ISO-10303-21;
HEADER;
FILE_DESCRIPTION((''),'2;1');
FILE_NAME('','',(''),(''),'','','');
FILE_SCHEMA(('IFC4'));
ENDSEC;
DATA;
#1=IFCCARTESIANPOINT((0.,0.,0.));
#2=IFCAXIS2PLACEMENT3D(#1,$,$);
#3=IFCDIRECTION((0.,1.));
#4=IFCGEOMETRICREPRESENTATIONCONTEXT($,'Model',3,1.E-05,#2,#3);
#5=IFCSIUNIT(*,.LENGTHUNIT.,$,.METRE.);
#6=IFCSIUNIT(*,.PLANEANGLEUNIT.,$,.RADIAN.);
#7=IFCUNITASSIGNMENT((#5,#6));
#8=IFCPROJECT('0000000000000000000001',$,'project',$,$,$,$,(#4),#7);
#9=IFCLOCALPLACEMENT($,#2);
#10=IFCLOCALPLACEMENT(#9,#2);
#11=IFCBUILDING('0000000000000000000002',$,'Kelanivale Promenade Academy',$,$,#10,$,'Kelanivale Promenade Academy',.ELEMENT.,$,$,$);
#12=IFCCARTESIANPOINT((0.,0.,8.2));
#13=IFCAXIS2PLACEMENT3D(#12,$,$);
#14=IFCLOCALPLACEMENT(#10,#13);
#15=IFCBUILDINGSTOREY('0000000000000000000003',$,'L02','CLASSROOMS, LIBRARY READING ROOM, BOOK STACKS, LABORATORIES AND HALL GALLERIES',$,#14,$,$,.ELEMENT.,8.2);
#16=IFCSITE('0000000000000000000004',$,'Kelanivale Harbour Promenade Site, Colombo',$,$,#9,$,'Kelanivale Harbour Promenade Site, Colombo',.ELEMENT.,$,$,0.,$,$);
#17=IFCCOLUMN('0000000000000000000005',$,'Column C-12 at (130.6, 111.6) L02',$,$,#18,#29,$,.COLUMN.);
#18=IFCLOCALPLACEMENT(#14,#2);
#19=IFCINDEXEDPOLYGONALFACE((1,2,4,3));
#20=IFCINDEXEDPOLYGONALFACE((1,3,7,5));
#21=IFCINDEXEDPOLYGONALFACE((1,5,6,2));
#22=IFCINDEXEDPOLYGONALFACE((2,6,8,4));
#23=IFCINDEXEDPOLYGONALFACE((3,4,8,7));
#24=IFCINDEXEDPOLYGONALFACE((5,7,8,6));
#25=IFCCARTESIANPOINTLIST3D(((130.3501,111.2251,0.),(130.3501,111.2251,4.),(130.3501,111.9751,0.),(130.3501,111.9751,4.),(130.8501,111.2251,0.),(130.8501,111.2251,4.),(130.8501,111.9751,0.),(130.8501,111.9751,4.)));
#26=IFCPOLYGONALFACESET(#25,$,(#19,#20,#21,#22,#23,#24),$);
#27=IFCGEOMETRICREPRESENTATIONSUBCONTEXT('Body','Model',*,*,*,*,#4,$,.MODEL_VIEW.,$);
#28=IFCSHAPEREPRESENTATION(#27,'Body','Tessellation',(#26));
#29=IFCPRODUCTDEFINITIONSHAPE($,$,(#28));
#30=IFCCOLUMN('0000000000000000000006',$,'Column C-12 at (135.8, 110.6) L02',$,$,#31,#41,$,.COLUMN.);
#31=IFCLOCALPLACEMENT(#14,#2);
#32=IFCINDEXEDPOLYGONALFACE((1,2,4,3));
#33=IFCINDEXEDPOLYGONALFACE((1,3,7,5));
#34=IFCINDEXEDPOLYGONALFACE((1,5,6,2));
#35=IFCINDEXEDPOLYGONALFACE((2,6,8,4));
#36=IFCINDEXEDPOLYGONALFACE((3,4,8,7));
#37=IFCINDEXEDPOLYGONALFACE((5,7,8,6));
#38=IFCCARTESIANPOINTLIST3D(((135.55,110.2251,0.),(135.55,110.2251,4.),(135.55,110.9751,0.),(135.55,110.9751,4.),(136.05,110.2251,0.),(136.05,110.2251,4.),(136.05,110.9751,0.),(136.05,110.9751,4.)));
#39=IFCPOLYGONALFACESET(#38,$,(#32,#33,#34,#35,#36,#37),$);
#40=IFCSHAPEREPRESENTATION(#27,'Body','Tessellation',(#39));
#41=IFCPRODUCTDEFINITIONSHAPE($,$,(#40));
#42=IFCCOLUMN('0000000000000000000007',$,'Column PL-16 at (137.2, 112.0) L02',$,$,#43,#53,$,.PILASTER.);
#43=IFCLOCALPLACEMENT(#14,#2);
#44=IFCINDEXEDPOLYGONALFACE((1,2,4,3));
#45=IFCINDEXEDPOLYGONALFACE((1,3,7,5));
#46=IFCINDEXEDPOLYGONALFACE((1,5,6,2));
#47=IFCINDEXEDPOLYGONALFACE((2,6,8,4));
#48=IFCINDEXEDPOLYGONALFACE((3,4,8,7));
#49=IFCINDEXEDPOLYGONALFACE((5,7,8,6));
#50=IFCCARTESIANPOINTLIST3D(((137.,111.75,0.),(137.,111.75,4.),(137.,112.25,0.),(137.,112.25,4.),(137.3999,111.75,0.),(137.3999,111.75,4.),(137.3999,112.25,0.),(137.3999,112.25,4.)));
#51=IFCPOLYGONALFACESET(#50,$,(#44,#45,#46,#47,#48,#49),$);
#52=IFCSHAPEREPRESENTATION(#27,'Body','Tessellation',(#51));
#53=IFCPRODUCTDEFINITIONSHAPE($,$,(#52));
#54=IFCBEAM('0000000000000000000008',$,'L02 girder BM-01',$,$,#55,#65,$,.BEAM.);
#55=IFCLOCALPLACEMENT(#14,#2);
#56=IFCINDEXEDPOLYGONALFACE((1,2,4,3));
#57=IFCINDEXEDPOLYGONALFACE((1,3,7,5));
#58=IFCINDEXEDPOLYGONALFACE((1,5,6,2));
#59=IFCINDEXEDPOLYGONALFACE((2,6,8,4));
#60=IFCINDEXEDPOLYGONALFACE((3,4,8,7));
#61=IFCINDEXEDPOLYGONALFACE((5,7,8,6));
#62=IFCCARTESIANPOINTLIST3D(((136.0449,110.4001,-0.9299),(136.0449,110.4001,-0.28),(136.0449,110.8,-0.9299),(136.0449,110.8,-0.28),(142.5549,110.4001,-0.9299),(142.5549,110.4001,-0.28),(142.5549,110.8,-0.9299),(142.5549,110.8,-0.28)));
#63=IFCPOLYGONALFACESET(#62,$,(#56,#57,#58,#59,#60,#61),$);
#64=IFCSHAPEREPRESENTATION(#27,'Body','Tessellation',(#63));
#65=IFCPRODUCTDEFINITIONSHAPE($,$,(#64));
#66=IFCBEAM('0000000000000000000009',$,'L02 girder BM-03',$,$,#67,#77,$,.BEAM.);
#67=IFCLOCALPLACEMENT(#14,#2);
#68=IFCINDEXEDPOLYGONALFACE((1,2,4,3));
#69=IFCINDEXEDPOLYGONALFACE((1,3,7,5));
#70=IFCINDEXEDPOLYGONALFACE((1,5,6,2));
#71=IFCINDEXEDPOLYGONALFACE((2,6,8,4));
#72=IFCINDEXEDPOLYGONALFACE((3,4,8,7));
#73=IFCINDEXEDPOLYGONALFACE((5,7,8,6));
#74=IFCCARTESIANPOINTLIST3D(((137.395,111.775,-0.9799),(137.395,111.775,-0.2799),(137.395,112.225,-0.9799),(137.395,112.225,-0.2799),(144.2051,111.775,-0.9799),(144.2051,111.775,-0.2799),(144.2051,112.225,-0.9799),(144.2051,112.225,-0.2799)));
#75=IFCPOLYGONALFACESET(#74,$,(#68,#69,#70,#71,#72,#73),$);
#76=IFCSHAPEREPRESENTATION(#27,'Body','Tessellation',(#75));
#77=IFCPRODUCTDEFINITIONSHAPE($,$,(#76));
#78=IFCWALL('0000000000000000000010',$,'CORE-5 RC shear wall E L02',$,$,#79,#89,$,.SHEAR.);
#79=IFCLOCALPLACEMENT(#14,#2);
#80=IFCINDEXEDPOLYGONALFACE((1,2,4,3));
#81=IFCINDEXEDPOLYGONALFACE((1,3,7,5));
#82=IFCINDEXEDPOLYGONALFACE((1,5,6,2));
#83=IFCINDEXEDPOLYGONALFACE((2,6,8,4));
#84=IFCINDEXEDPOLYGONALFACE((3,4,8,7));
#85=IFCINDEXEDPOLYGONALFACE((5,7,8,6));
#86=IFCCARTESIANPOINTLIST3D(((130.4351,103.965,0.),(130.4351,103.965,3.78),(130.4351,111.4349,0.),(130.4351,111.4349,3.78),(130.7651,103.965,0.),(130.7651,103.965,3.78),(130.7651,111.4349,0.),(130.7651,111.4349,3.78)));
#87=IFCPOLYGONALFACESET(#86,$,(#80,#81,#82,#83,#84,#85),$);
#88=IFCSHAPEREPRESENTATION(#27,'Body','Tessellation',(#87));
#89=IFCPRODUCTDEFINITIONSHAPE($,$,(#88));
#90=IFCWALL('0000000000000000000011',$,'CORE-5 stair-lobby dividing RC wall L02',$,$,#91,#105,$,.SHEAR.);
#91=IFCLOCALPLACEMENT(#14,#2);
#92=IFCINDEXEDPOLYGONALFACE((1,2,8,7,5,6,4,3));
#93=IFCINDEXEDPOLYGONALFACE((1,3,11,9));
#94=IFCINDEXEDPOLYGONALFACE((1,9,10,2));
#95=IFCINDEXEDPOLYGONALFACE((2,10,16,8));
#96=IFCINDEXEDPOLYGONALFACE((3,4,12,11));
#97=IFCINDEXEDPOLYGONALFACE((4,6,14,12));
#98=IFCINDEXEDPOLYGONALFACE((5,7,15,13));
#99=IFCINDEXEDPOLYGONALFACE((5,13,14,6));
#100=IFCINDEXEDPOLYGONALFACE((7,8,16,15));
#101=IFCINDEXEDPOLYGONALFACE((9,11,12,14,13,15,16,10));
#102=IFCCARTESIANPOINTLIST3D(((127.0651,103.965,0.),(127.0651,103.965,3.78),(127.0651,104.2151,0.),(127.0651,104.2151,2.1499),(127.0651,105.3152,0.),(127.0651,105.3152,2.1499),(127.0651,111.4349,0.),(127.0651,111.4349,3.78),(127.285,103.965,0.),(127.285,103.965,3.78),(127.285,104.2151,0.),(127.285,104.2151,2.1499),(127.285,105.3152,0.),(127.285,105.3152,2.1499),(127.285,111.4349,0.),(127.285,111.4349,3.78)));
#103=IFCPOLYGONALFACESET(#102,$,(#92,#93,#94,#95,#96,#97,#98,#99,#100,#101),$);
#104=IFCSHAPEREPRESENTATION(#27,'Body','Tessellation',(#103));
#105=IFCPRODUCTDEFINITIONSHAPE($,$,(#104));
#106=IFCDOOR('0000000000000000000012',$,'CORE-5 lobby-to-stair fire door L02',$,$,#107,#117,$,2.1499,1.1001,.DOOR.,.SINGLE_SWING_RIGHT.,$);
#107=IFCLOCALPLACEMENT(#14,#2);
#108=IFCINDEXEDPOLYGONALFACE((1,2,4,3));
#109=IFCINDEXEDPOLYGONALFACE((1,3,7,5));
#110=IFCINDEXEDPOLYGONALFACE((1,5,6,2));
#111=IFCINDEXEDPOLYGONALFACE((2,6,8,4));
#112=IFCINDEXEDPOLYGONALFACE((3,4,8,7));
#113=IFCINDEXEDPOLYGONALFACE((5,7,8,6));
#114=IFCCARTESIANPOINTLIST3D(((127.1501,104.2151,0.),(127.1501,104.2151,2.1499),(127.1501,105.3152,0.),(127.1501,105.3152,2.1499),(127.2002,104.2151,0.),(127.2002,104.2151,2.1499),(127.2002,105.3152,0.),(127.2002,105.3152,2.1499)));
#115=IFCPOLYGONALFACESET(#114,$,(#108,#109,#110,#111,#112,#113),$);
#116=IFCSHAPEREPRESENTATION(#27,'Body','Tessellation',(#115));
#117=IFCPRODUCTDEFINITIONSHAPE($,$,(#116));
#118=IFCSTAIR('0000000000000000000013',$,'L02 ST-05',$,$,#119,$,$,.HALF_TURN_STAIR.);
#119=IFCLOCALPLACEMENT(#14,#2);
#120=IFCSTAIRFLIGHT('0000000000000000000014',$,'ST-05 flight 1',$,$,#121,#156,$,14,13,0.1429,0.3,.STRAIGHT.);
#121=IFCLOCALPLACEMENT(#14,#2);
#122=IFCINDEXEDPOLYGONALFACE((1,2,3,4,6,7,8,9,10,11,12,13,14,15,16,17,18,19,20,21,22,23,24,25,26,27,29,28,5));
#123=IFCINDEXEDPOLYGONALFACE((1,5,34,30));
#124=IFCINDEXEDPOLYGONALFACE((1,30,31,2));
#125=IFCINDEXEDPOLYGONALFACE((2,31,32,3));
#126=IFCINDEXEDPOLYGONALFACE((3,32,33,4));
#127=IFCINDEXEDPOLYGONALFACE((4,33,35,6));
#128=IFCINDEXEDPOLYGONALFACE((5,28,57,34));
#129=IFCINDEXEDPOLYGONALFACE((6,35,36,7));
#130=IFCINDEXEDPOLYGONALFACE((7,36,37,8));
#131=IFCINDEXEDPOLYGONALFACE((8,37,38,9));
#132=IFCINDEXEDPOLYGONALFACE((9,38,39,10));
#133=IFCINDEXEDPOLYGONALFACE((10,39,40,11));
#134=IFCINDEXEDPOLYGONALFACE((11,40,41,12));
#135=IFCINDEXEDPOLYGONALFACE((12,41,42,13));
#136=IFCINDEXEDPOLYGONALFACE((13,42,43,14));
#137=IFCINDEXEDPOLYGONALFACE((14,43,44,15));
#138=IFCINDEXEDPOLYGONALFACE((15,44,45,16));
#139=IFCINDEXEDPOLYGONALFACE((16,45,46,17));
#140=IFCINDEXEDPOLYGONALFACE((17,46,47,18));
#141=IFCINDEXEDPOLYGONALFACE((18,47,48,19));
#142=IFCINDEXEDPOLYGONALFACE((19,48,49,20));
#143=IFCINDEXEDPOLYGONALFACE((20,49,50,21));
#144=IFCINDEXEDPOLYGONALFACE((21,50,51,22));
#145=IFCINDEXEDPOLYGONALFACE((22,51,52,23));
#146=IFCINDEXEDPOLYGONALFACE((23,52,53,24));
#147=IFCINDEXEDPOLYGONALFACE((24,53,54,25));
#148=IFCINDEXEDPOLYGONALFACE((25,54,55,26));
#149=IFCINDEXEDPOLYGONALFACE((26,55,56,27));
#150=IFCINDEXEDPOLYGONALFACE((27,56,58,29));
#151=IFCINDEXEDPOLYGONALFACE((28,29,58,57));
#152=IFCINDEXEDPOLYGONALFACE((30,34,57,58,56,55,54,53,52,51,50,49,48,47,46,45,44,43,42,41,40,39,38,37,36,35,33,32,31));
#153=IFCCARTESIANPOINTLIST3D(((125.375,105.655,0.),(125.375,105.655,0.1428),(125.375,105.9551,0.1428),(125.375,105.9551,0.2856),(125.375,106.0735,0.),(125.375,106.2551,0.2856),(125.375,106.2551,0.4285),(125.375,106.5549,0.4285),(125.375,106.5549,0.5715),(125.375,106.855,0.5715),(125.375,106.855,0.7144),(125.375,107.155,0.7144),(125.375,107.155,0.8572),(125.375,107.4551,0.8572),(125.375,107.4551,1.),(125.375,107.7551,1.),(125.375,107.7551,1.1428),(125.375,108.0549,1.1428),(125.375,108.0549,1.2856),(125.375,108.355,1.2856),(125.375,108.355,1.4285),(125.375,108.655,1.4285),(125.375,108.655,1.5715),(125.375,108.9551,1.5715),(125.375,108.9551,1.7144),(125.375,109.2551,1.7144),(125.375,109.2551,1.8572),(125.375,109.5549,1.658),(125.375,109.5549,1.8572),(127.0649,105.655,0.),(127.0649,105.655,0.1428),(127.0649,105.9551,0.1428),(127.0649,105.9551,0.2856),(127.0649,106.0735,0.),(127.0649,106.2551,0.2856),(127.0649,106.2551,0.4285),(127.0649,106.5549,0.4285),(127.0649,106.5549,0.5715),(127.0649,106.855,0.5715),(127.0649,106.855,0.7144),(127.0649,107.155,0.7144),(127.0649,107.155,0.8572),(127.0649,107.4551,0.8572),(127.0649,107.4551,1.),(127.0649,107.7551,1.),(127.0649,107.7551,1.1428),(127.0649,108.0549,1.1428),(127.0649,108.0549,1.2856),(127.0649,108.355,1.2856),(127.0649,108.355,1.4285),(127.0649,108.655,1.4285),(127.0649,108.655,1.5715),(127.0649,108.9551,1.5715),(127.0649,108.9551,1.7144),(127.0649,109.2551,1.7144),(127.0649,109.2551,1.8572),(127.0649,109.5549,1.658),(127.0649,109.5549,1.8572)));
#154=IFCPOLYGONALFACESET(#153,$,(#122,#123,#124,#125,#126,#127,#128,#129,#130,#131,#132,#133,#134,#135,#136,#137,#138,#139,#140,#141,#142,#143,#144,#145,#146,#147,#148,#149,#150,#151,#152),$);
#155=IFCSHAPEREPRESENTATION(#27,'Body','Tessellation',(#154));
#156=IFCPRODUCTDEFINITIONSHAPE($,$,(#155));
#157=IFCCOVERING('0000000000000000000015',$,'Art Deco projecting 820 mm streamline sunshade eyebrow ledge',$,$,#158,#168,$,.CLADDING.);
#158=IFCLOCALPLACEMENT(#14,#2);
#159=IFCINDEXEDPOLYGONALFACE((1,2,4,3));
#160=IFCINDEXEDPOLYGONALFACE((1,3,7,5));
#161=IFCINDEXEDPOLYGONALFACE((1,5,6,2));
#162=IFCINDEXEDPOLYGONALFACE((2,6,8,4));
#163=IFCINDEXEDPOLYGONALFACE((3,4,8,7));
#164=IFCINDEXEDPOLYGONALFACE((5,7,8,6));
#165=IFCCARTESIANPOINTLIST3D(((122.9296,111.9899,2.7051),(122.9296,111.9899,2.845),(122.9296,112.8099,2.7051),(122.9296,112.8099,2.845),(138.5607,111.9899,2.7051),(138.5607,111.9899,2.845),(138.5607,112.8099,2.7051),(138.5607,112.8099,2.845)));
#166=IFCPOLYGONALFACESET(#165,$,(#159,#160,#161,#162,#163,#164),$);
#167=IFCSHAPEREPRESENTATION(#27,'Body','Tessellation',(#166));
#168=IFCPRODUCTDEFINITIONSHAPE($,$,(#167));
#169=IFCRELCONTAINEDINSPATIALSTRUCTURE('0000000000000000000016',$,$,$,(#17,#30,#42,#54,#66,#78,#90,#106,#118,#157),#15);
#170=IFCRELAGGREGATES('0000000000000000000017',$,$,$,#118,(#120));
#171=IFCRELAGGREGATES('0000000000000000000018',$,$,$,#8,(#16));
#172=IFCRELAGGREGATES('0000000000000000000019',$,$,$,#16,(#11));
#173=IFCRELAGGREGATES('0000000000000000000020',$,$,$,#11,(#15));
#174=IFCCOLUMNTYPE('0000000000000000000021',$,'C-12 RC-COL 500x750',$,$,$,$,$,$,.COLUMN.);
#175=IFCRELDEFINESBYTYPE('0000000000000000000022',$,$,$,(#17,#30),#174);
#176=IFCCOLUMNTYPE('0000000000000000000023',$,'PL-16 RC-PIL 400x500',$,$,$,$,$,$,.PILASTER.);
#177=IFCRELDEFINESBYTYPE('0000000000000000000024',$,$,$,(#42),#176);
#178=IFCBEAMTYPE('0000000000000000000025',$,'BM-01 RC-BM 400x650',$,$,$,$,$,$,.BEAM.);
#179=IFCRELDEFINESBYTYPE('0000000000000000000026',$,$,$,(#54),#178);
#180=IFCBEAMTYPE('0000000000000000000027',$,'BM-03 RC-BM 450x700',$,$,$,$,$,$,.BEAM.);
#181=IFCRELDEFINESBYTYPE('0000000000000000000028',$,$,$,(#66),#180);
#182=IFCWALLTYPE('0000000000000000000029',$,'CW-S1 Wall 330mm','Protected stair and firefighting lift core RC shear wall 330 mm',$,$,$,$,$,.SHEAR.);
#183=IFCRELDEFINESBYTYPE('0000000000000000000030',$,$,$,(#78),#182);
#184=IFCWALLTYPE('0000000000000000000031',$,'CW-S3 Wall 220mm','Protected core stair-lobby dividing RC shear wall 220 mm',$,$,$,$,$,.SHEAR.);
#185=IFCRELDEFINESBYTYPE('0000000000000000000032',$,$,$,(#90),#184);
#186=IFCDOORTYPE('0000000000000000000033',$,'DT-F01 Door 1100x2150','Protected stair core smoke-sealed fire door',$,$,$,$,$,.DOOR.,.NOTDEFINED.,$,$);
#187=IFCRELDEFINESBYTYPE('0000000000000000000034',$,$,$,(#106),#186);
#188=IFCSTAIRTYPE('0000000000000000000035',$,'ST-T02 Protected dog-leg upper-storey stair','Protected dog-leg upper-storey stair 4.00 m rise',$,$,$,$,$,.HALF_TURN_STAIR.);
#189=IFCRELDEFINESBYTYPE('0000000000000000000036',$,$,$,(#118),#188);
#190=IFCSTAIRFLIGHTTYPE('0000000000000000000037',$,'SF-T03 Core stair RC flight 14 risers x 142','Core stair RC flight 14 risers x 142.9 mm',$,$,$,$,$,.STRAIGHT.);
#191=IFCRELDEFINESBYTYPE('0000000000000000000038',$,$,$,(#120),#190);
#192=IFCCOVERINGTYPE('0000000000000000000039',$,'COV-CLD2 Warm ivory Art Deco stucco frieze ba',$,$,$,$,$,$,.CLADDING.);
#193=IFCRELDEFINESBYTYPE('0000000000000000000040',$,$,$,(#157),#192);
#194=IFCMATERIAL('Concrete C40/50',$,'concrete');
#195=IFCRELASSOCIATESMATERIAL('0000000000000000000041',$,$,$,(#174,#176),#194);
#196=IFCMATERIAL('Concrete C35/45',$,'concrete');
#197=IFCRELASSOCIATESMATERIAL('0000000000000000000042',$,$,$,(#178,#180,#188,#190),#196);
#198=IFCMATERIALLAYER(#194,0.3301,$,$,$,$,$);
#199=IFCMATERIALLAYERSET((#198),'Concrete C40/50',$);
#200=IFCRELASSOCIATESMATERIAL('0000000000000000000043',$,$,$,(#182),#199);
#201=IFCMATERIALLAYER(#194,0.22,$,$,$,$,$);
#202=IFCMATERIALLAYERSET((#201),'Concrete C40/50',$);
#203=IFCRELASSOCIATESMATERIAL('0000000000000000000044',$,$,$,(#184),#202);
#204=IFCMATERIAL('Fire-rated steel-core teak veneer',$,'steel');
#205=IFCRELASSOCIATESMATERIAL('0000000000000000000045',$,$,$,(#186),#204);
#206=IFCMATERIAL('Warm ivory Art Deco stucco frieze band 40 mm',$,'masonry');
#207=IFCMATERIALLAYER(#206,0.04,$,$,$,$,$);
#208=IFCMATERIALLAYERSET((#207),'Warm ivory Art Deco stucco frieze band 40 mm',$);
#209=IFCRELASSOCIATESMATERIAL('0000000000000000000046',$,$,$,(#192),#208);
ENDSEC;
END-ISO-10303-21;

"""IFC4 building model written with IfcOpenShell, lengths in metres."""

from ifc_helpers import new_model, si_unit, direction, frame, frame_2d, origin, origin_2d, place, context, subcontext, project, spatial, polyline, rectangle, outline, extrude, material, layer, layer_set, material_profile, profile_set, type_object, element, fill, aggregate, save


model = new_model("IFC4")

# Units and contexts
model_context = context("Model", 3, precision=1e-05, world=origin(), true_north=direction((0.0, 1.0)))
body_context = subcontext(model_context, "Body", "Model", "MODEL_VIEW")
ifc_project = project(units=[si_unit("LENGTHUNIT", "METRE"), si_unit("PLANEANGLEUNIT", "RADIAN")], contexts=[model_context])

# Site, building, storey
site_placement = place(None, origin())
site = spatial("IfcSite", under=ifc_project, at=site_placement, Name="Kelanivale Harbour Promenade Site, Colombo", LongName="Kelanivale Harbour Promenade Site, Colombo", CompositionType="ELEMENT", RefElevation=0.0)
building_placement = place(site_placement, origin())
building = spatial("IfcBuilding", under=site, at=building_placement, Name="Kelanivale Promenade Academy", LongName="Kelanivale Promenade Academy", CompositionType="ELEMENT")
storey_placement = place(building_placement, frame((0.0, 0.0, 8.2)))
storey = spatial("IfcBuildingStorey", under=building, at=storey_placement, Name="L02", Description="CLASSROOMS, LIBRARY READING ROOM, BOOK STACKS, LABORATORIES AND HALL GALLERIES", CompositionType="ELEMENT", Elevation=8.2)

# Columns
ifc_material_1 = material(Name="Concrete C40/50", Category="concrete")
ifc_material_profile_1 = material_profile(ifc_material_1, rectangle(XDim=0.5, YDim=0.75, at=origin_2d()), Name="RC-COL 500x750")
ifc_profile_set_1 = profile_set([ifc_material_profile_1], Name="Concrete C40/50")
column_type_1 = type_object("IfcColumnType", Name="C-12 RC-COL 500x750", PredefinedType="COLUMN", material=ifc_profile_set_1)
for number, where, z_axis, x_axis, name in (
    (1, (130.6001, 111.6001, 0.0), (0.0, 0.0, 1.0), (1.0, 0.0, 0.0), "Column C-12 at (130.6, 111.6) L02"),
    (2, (135.8, 110.6001, 0.0), (0.0, 0.0, 1.0), (1.0, 0.0, 0.0), "Column C-12 at (135.8, 110.6) L02"),
):
    element("IfcColumn", number, at=place(storey_placement, frame(where, z_axis=z_axis, x_axis=x_axis)), inside=storey, type_object=column_type_1, Name=name, PredefinedType="COLUMN", context=body_context, shape_type="SweptSolid", body=[
        extrude(rectangle(XDim=0.5, YDim=0.75, at=origin_2d()), origin(), (0.0, 0.0, 1.0), 4.0),
    ])
ifc_material_profile_2 = material_profile(ifc_material_1, rectangle(XDim=0.3999, YDim=0.5, at=origin_2d()), Name="RC-PIL 400x500")
ifc_profile_set_2 = profile_set([ifc_material_profile_2], Name="Concrete C40/50")
column_type_2 = type_object("IfcColumnType", Name="PL-16 RC-PIL 400x500", PredefinedType="PILASTER", material=ifc_profile_set_2)
column_placement = place(storey_placement, frame((137.2, 112.0, 0.0), z_axis=(0.0, 0.0, 1.0), x_axis=(1.0, 0.0, 0.0)))
element("IfcColumn", 3, at=column_placement, inside=storey, type_object=column_type_2, Name="Column PL-16 at (137.2, 112.0) L02", PredefinedType="PILASTER", context=body_context, shape_type="SweptSolid", body=[
    extrude(rectangle(XDim=0.3999, YDim=0.5, at=origin_2d()), origin(), (0.0, 0.0, 1.0), 4.0),
])

# Beams
ifc_material_2 = material(Name="Concrete C35/45", Category="concrete")
ifc_material_profile_3 = material_profile(ifc_material_2, rectangle(XDim=0.3999, YDim=0.6499, at=origin_2d()), Name="RC-BM 400x650")
ifc_profile_set_3 = profile_set([ifc_material_profile_3], Name="Concrete C35/45")
beam_type_1 = type_object("IfcBeamType", Name="BM-01 RC-BM 400x650", PredefinedType="BEAM", material=ifc_profile_set_3)
beam_1_placement = place(storey_placement, frame((136.0449, 110.6001, -0.605), z_axis=(1.0, 0.0, 0.0), x_axis=(0.0, 1.0, 0.0)))
element("IfcBeam", 4, at=beam_1_placement, inside=storey, type_object=beam_type_1, Name="L02 girder BM-01", PredefinedType="BEAM", context=body_context, shape_type="SweptSolid", body=[
    extrude(rectangle(XDim=0.3999, YDim=0.6499, at=origin_2d()), origin(), (0.0, 0.0, 1.0), 6.51),
])
ifc_material_profile_4 = material_profile(ifc_material_2, rectangle(XDim=0.45, YDim=0.7, at=origin_2d()), Name="RC-BM 450x700")
ifc_profile_set_4 = profile_set([ifc_material_profile_4], Name="Concrete C35/45")
beam_type_2 = type_object("IfcBeamType", Name="BM-03 RC-BM 450x700", PredefinedType="BEAM", material=ifc_profile_set_4)
beam_2_placement = place(storey_placement, frame((137.395, 112.0, -0.6299), z_axis=(1.0, 0.0, 0.0), x_axis=(0.0, 1.0, 0.0)))
element("IfcBeam", 5, at=beam_2_placement, inside=storey, type_object=beam_type_2, Name="L02 girder BM-03", PredefinedType="BEAM", context=body_context, shape_type="SweptSolid", body=[
    extrude(rectangle(XDim=0.45, YDim=0.7, at=origin_2d()), origin(), (0.0, 0.0, 1.0), 6.8101),
])

# Wall
ifc_layer_1 = layer(ifc_material_1, 0.3301)
ifc_layer_set_1 = layer_set([ifc_layer_1], Name="Concrete C40/50")
wall_type_1 = type_object("IfcWallType", Name="CW-S1 Wall 330mm", Description="Protected stair and firefighting lift core RC shear wall 330 mm", PredefinedType="SHEAR", material=ifc_layer_set_1)
wall_1_placement = place(storey_placement, frame((130.6001, 103.9651, 0.0), z_axis=(0.0, 0.0, 1.0), x_axis=(0.0, 1.0, 0.0)))
element("IfcWall", 6, at=wall_1_placement, inside=storey, type_object=wall_type_1, Name="CORE-5 RC shear wall E L02", PredefinedType="SHEAR", context=body_context, shape_type="SweptSolid", body=[
    extrude(rectangle(XDim=7.47, YDim=0.3301, at=frame_2d((3.7349, 0.0))), origin(), (0.0, 0.0, 1.0), 3.78),
])

# Shared definitions
ifc_material_3 = material(Name="Fire-rated steel-core teak veneer", Category="steel")

# Wall, opening, door
ifc_layer_2 = layer(ifc_material_1, 0.22)
ifc_layer_set_2 = layer_set([ifc_layer_2], Name="Concrete C40/50")
wall_type_2 = type_object("IfcWallType", Name="CW-S3 Wall 220mm", Description="Protected core stair-lobby dividing RC shear wall 220 mm", PredefinedType="SHEAR", material=ifc_layer_set_2)
wall_2_placement = place(storey_placement, frame((127.175, 103.9651, 0.0), z_axis=(0.0, 0.0, 1.0), x_axis=(0.0, 1.0, 0.0)))
wall_2 = element("IfcWall", 7, at=wall_2_placement, inside=storey, type_object=wall_type_2, Name="CORE-5 stair-lobby dividing RC wall L02", PredefinedType="SHEAR", context=body_context, shape_type="SweptSolid", body=[
    extrude(rectangle(XDim=7.47, YDim=0.22, at=frame_2d((3.7349, 0.0))), origin(), (0.0, 0.0, 1.0), 3.78),
])
opening_1_placement = place(wall_2_placement, frame((0.25, 0.0, 0.0)))
opening_1 = element("IfcOpeningElement", 8, at=opening_1_placement, cuts=wall_2, PredefinedType="OPENING", context=body_context, shape_type="SweptSolid", body=[
    extrude(rectangle(XDim=1.1001, YDim=2.1499, at=frame_2d((0.55, 1.075))), frame((0.0, 0.1201, 0.0), z_axis=(0.0, -1.0, 0.0), x_axis=(1.0, 0.0, 0.0)), (0.0, 0.0, 1.0), 0.24),
])
door_type_1 = type_object("IfcDoorType", Name="DT-F01 Door 1100x2150", Description="Protected stair core smoke-sealed fire door", OperationType="NOTDEFINED", PredefinedType="DOOR", material=ifc_material_3)
door_1_placement = place(opening_1_placement, origin())
door_1 = element("IfcDoor", 9, at=door_1_placement, inside=storey, type_object=door_type_1, Name="CORE-5 lobby-to-stair fire door L02", OperationType="SINGLE_SWING_RIGHT", OverallHeight=2.1499, OverallWidth=1.1001, PredefinedType="DOOR", context=body_context, shape_type="SweptSolid", body=[
    extrude(rectangle(XDim=1.1001, YDim=2.1499, at=frame_2d((0.55, 1.075))), frame((0.0, 0.0249, 0.0), z_axis=(0.0, -1.0, 0.0), x_axis=(1.0, 0.0, 0.0)), (0.0, 0.0, 1.0), 0.05),
])
fill(opening_1, door_1)

# Stair, stair flight
stair_type = type_object("IfcStairType", Name="ST-T02 Protected dog-leg upper-storey stair", Description="Protected dog-leg upper-storey stair 4.00 m rise", PredefinedType="HALF_TURN_STAIR", material=ifc_material_2)
stair_placement = place(storey_placement, origin())
stair = element("IfcStair", 10, at=stair_placement, inside=storey, type_object=stair_type, Name="L02 ST-05", PredefinedType="HALF_TURN_STAIR")
stair_flight_type = type_object("IfcStairFlightType", Name="SF-T03 Core stair RC flight 14 risers x 142", Description="Core stair RC flight 14 risers x 142.9 mm", PredefinedType="STRAIGHT", material=ifc_material_2)
stair_flight_placement = place(storey_placement, frame((126.22, 105.655, 0.0), z_axis=(0.0, 0.0, 1.0), x_axis=(0.0, 1.0, 0.0)))
stair_flight = element("IfcStairFlight", 11, at=stair_flight_placement, type_object=stair_flight_type, Name="ST-05 flight 1", NumberOfRisers=14, NumberOfTreads=13, PredefinedType="STRAIGHT", RiserHeight=0.1429, TreadLength=0.3, context=body_context, shape_type="SweptSolid", body=[
    extrude(outline(polyline([(0.0, 0.0), (0.0, 0.1428), (0.3, 0.1428), (0.3, 0.2856), (0.6001, 0.2856), (0.6001, 0.4285), (0.8999, 0.4285), (0.8999, 0.5715), (1.2, 0.5715), (1.2, 0.7144), (1.5, 0.7144), (1.5, 0.8572), (1.8, 0.8572), (1.8, 1.0), (2.1001, 1.0), (2.1001, 1.1428), (2.3999, 1.1428), (2.3999, 1.2856), (2.7, 1.2856), (2.7, 1.4285), (3.0, 1.4285), (3.0, 1.5715), (3.3, 1.5715), (3.3, 1.7144), (3.6001, 1.7144), (3.6001, 1.8572), (3.8999, 1.8572), (3.8999, 2.0), (3.8999, 1.658), (0.4185, 0.0), (0.0, 0.0)])), frame((0.0, 0.845, 0.0), z_axis=(0.0, -1.0, 0.0), x_axis=(1.0, 0.0, 0.0)), (0.0, 0.0, 1.0), 1.6899),
])
aggregate(stair, [stair_flight])

# Covering
ifc_material_4 = material(Name="Warm ivory Art Deco stucco frieze band 40 mm", Category="masonry")
ifc_layer_3 = layer(ifc_material_4, 0.04)
ifc_layer_set_3 = layer_set([ifc_layer_3], Name="Warm ivory Art Deco stucco frieze band 40 mm")
covering_type = type_object("IfcCoveringType", Name="COV-CLD2 Warm ivory Art Deco stucco frieze ba", PredefinedType="CLADDING", material=ifc_layer_set_3)
covering_1_placement = place(storey_placement, frame((130.7451, 112.3999, 2.7051), z_axis=(0.0, 0.0, 1.0), x_axis=(-1.0, 0.0, 0.0)))
element("IfcCovering", 12, at=covering_1_placement, inside=storey, type_object=covering_type, Name="Art Deco projecting 820 mm streamline sunshade eyebrow ledge", PredefinedType="CLADDING", context=body_context, shape_type="SweptSolid", body=[
    extrude(rectangle(XDim=15.6311, YDim=0.8201, at=origin_2d()), origin(), (0.0, 0.0, 1.0), 0.1399),
])

save(model, "model.ifc")
